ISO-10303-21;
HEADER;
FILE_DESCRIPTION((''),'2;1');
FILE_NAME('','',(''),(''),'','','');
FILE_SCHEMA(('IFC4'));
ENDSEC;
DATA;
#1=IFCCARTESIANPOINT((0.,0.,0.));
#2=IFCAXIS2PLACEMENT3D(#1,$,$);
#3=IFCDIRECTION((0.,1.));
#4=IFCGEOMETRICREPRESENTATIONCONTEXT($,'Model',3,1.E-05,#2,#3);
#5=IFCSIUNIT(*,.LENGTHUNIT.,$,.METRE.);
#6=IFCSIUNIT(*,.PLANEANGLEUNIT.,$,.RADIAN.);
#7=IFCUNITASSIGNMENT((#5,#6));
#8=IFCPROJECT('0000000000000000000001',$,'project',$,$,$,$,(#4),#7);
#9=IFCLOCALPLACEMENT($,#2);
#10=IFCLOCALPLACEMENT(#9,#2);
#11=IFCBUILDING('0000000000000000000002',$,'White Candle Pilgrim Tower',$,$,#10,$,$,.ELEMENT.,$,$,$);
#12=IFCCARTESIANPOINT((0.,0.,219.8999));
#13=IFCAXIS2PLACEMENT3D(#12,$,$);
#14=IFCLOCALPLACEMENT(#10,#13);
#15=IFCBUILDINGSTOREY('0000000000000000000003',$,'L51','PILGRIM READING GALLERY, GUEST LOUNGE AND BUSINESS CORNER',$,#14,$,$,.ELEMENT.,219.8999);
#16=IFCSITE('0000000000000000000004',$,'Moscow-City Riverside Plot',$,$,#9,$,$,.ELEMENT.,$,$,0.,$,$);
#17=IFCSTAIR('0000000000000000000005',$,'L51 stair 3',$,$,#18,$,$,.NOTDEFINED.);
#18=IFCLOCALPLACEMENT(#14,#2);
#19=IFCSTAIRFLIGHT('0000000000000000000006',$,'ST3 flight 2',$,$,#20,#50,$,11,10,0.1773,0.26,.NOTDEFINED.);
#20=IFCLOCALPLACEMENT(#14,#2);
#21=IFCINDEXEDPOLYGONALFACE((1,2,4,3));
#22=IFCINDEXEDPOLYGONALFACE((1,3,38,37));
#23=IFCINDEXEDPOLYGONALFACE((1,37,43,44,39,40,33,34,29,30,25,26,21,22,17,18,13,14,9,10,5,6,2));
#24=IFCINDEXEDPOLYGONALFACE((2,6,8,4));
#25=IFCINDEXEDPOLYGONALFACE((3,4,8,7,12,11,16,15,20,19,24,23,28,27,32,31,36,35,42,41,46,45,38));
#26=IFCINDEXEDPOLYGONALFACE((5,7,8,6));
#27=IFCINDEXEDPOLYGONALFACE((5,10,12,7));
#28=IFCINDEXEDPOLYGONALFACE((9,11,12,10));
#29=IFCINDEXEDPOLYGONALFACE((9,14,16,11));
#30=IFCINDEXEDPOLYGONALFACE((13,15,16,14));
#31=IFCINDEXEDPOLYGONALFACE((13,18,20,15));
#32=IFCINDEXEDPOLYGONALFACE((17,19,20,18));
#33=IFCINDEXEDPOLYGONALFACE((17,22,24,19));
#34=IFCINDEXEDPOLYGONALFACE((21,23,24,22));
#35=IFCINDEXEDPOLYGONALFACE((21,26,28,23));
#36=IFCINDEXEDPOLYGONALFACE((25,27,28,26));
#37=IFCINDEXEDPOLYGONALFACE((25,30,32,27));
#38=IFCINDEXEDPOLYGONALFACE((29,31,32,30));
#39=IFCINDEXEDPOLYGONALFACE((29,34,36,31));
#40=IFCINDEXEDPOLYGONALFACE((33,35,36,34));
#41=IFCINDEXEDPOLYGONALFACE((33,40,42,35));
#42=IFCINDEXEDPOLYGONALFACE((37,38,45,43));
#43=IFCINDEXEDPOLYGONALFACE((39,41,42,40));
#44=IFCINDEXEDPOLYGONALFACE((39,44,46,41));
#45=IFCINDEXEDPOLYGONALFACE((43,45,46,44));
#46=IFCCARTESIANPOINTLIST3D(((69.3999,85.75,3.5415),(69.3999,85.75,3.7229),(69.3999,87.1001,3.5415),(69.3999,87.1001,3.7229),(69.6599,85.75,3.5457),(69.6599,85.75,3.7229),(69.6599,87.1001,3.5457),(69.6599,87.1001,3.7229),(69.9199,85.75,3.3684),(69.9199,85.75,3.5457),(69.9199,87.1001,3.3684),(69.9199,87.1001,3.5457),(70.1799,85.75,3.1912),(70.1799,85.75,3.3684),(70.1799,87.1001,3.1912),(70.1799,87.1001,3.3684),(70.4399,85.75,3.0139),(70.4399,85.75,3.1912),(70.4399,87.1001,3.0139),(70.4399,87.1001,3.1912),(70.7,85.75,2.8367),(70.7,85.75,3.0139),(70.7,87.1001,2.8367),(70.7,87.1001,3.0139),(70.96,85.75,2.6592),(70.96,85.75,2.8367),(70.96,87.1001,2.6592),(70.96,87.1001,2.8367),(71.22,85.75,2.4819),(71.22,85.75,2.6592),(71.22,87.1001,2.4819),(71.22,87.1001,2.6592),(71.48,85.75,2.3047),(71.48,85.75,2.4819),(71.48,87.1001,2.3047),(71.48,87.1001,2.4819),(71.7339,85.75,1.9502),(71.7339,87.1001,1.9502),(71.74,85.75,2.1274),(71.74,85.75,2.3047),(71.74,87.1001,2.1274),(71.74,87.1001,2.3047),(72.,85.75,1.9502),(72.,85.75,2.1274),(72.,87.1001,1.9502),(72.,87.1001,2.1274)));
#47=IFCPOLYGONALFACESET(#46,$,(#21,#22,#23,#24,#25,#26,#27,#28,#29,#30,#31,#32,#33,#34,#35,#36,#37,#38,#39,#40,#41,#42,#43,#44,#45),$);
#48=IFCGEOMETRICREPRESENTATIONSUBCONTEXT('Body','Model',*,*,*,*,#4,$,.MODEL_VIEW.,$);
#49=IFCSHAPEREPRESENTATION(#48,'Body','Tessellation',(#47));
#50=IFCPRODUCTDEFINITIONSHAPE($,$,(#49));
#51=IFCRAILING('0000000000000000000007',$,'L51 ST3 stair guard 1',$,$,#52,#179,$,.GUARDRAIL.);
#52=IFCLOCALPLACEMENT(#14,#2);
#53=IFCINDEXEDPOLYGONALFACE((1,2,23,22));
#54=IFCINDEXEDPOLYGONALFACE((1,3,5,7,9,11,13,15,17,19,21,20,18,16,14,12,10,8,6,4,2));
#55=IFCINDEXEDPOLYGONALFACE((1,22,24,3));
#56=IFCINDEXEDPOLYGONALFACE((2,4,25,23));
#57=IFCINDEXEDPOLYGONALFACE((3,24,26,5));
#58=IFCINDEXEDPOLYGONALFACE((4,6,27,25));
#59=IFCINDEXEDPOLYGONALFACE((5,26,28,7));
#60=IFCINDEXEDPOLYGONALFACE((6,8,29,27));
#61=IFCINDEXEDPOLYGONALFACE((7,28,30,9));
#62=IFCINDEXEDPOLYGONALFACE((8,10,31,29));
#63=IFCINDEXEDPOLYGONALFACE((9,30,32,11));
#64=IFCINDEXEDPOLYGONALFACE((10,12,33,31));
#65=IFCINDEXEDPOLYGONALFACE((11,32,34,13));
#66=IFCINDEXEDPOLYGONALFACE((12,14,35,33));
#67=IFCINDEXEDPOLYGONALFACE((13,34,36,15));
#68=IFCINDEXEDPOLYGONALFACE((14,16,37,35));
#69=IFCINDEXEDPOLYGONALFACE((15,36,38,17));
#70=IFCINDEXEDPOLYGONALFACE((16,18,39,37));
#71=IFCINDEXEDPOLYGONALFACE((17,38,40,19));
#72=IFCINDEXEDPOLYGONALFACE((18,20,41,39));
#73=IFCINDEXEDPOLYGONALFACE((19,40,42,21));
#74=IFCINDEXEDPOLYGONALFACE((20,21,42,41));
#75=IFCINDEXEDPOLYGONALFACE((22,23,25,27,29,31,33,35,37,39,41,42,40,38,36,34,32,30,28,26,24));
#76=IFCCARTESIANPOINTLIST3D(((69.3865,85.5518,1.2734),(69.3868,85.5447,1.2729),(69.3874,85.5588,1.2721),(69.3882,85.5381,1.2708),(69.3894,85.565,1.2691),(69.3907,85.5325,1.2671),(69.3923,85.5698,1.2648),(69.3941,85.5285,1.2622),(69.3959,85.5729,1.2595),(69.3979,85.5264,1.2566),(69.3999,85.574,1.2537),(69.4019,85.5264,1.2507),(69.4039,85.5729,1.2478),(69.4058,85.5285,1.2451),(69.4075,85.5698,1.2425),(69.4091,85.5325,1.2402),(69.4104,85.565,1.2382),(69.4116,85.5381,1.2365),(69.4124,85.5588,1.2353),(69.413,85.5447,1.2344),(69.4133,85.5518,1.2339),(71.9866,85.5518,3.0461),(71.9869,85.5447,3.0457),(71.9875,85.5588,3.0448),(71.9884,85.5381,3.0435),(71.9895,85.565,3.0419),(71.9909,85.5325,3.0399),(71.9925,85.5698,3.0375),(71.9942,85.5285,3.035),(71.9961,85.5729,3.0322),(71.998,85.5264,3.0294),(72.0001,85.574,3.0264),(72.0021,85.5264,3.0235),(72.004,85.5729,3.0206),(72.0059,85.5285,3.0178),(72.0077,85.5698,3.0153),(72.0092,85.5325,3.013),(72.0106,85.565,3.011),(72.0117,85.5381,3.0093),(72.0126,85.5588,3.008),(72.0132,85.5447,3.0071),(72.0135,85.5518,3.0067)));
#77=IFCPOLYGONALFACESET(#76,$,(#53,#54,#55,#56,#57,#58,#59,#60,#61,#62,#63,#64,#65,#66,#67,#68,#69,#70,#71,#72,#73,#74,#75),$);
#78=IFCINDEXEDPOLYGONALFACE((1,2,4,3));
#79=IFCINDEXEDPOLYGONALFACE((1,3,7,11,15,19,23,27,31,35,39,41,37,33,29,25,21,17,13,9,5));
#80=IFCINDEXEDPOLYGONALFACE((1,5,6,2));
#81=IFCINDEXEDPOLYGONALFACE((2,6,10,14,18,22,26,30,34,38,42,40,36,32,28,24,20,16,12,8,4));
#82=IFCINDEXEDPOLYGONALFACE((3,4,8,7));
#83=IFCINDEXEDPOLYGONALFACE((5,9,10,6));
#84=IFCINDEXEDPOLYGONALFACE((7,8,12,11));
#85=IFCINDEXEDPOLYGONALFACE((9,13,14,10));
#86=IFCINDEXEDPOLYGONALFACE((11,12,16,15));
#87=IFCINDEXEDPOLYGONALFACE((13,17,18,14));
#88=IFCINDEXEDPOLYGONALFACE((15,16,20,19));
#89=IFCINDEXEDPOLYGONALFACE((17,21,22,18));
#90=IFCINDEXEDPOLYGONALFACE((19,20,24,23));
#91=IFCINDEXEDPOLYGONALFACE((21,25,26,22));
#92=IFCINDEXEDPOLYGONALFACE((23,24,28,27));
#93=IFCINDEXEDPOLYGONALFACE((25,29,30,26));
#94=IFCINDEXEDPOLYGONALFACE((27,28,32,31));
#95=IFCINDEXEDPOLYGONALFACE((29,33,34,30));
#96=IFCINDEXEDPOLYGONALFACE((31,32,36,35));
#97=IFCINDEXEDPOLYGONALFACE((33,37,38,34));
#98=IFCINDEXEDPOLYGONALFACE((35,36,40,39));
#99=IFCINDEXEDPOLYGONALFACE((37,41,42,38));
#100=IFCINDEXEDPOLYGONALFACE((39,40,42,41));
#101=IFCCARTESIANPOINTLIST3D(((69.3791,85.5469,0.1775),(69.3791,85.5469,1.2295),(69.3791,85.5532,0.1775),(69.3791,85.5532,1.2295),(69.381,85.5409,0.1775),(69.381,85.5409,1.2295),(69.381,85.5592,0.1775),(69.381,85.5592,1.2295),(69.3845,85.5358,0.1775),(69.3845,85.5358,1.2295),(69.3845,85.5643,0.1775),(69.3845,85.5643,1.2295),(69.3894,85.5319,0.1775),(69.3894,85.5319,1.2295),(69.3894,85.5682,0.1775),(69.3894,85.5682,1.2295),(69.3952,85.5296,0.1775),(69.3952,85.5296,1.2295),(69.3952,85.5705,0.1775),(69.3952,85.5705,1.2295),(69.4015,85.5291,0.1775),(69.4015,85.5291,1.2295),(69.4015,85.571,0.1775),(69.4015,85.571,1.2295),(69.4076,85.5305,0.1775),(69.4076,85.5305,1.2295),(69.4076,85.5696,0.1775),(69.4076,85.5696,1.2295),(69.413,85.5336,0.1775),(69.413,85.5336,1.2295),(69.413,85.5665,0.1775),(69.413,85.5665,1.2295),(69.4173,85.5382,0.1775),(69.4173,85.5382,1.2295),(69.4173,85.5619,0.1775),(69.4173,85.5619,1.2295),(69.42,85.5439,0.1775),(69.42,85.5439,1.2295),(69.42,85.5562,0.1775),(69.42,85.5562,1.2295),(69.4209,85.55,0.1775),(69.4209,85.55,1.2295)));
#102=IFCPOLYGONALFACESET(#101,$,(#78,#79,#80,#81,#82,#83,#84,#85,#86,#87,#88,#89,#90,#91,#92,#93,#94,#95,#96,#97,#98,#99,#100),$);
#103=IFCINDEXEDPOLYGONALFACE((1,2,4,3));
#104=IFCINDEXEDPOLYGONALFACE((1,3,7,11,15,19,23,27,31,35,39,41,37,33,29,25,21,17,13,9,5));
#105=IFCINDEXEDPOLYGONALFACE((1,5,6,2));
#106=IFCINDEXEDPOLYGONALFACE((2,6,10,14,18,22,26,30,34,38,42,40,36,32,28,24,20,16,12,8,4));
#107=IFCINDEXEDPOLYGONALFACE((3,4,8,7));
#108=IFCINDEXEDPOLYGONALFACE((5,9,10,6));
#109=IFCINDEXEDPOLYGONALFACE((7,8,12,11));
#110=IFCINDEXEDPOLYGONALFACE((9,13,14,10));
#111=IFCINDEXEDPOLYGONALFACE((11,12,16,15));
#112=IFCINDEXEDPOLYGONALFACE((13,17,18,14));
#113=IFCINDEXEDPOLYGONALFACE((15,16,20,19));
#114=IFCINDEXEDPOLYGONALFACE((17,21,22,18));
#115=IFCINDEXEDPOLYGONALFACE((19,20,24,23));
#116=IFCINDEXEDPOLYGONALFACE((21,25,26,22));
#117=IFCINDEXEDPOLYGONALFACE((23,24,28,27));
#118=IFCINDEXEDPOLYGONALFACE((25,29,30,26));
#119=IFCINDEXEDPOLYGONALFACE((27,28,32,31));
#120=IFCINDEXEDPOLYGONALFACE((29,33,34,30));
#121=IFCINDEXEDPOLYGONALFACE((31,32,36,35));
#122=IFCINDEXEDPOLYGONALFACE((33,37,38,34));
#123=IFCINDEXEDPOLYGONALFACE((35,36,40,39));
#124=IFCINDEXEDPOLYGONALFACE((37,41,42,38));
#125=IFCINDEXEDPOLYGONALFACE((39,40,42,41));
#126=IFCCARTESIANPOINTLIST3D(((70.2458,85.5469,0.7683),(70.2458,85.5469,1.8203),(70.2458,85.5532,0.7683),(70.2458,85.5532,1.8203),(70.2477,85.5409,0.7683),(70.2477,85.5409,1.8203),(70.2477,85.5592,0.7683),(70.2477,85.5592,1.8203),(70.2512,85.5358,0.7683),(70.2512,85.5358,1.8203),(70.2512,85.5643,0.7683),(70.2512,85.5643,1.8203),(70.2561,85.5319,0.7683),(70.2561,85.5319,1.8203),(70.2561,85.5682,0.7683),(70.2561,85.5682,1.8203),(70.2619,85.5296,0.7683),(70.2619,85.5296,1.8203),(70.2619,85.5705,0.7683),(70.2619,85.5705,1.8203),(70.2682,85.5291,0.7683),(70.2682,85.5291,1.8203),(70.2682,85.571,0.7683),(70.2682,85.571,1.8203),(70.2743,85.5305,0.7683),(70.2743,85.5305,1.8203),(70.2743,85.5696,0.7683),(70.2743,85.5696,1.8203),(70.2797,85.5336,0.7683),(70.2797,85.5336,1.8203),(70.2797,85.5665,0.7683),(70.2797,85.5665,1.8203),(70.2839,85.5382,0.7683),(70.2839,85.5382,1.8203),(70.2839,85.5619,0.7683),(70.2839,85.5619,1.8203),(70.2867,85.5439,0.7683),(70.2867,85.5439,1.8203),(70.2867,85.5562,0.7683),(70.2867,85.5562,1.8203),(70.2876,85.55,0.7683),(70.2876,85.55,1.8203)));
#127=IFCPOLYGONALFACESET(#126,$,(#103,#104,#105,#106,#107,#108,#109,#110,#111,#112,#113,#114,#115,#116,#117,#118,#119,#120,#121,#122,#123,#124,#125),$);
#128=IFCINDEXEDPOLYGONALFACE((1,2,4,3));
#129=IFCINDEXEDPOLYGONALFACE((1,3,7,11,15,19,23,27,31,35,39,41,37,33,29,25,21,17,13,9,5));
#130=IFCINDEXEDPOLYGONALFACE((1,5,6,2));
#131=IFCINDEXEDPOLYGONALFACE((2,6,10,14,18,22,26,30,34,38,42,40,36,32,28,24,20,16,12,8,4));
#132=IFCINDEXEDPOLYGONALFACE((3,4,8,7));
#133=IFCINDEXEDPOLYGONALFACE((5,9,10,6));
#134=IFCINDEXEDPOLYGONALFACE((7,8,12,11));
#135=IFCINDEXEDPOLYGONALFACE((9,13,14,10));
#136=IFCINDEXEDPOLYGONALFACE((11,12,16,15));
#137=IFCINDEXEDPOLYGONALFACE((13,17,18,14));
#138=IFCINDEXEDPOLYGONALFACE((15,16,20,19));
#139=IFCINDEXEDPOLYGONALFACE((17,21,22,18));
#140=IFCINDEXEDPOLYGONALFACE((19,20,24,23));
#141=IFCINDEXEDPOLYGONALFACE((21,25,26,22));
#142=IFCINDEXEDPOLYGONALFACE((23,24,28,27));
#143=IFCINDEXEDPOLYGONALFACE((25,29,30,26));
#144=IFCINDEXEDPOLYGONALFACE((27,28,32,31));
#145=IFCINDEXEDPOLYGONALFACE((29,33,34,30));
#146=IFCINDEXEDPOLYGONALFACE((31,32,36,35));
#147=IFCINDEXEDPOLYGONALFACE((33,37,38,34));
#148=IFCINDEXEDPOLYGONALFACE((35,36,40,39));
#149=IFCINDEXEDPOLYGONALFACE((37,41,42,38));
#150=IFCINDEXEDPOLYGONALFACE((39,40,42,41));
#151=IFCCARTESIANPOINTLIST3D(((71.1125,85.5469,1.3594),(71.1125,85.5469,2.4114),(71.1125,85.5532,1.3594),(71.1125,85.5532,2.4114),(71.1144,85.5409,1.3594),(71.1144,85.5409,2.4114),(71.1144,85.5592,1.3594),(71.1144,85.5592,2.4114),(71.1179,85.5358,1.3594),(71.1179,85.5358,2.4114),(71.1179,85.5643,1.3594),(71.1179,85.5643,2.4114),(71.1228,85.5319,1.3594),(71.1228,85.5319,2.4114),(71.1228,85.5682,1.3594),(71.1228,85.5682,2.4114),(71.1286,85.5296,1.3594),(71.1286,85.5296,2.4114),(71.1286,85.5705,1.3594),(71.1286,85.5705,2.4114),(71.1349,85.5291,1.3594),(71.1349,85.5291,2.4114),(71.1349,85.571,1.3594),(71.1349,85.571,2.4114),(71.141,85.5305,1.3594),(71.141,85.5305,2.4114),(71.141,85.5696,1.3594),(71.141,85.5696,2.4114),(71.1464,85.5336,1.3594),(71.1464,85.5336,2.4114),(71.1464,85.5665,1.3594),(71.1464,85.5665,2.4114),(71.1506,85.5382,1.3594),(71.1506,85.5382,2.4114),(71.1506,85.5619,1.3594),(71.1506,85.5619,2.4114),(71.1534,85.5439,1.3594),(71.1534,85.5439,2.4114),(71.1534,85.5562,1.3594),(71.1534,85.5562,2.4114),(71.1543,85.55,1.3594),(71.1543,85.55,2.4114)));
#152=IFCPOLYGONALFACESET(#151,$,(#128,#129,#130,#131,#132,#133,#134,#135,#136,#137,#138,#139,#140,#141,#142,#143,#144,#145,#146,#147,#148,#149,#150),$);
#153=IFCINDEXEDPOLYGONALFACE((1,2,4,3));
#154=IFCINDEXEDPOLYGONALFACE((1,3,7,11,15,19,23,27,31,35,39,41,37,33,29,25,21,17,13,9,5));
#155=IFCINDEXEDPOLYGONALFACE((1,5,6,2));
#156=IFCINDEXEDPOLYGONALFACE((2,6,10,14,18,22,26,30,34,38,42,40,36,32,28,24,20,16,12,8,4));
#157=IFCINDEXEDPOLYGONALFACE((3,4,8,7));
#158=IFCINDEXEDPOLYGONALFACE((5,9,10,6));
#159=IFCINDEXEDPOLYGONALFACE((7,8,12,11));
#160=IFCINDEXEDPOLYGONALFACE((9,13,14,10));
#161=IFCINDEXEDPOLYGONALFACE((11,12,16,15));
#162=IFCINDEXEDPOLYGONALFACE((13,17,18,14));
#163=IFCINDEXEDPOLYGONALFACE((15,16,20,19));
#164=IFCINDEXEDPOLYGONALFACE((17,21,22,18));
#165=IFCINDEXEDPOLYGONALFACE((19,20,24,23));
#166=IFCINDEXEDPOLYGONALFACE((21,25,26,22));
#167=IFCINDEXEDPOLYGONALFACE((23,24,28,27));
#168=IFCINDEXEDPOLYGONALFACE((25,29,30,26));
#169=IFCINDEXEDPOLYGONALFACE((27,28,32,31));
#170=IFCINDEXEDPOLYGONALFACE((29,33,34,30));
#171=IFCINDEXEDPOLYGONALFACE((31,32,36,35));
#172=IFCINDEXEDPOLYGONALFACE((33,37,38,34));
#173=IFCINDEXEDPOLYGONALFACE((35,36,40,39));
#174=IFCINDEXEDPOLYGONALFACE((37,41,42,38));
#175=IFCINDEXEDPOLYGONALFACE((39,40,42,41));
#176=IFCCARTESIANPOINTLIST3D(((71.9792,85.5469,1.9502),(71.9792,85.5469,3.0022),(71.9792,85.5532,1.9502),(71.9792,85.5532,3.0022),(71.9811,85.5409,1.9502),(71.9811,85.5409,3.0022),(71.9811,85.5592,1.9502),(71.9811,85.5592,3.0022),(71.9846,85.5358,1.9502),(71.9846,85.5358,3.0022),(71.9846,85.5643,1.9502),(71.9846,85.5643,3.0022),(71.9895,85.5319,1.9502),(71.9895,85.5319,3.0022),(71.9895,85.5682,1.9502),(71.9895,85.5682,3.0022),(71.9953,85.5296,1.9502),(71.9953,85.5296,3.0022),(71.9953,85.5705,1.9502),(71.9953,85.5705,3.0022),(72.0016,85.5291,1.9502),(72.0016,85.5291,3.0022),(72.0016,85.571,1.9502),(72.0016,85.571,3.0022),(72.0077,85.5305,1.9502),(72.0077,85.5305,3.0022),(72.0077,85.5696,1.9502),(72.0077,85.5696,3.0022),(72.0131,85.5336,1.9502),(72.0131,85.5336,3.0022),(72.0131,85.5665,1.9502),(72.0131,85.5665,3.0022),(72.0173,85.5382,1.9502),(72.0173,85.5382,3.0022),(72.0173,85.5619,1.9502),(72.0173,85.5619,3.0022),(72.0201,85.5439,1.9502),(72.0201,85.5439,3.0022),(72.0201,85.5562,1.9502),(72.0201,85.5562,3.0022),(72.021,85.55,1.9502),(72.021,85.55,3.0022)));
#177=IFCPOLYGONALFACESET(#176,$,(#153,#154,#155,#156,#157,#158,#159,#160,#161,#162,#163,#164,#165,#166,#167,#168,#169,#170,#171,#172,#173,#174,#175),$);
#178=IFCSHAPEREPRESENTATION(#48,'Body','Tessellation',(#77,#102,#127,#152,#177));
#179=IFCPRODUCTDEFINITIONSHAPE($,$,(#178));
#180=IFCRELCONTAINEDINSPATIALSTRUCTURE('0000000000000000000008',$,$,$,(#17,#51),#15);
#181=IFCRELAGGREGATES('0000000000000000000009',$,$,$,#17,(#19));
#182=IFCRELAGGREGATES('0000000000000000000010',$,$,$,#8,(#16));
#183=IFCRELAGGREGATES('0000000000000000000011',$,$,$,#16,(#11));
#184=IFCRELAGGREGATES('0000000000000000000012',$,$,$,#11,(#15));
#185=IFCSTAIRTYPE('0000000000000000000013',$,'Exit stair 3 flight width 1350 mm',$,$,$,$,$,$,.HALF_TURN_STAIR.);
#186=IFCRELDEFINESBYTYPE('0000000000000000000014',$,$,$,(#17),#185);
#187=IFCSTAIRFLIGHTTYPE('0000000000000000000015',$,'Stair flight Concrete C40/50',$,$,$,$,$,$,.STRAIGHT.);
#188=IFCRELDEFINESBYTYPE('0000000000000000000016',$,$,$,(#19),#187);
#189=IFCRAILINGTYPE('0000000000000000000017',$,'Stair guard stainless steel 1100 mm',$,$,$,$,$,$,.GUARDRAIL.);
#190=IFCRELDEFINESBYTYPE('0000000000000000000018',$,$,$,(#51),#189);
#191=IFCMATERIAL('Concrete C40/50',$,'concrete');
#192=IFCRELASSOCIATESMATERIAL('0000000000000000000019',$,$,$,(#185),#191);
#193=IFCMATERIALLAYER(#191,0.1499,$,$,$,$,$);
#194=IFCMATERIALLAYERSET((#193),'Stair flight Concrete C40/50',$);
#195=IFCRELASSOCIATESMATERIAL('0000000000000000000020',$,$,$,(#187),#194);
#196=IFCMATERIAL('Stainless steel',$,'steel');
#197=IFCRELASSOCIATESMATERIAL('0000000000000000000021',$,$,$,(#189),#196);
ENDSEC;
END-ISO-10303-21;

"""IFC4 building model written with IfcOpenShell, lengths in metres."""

from ifc_helpers import new_model, si_unit, direction, frame, origin, origin_2d, place, context, subcontext, project, spatial, polyline, circle, outline, extrude, material, layer, layer_set, type_object, element, aggregate, save


model = new_model("IFC4")

# Units and contexts
model_context = context("Model", 3, precision=1e-05, world=origin(), true_north=direction((0.0, 1.0)))
body_context = subcontext(model_context, "Body", "Model", "MODEL_VIEW")
ifc_project = project(units=[si_unit("LENGTHUNIT", "METRE"), si_unit("PLANEANGLEUNIT", "RADIAN")], contexts=[model_context])

# Site, building, storey
site_placement = place(None, origin())
site = spatial("IfcSite", under=ifc_project, at=site_placement, Name="Moscow-City Riverside Plot", CompositionType="ELEMENT", RefElevation=0.0)
building_placement = place(site_placement, origin())
building = spatial("IfcBuilding", under=site, at=building_placement, Name="White Candle Pilgrim Tower", CompositionType="ELEMENT")
storey_placement = place(building_placement, frame((0.0, 0.0, 219.8999)))
storey = spatial("IfcBuildingStorey", under=building, at=storey_placement, Name="L51", Description="PILGRIM READING GALLERY, GUEST LOUNGE AND BUSINESS CORNER", CompositionType="ELEMENT", Elevation=219.8999)

# Stair, stair flight
ifc_material_1 = material(Name="Concrete C40/50", Category="concrete")
stair_type = type_object("IfcStairType", Name="Exit stair 3 flight width 1350 mm", PredefinedType="HALF_TURN_STAIR", material=ifc_material_1)
stair_placement = place(storey_placement, origin())
stair = element("IfcStair", 1, at=stair_placement, inside=storey, type_object=stair_type, Name="L51 stair 3", PredefinedType="NOTDEFINED")
ifc_layer_1 = layer(ifc_material_1, 0.1499)
ifc_layer_set_1 = layer_set([ifc_layer_1], Name="Stair flight Concrete C40/50")
stair_flight_type = type_object("IfcStairFlightType", Name="Stair flight Concrete C40/50", PredefinedType="STRAIGHT", material=ifc_layer_set_1)
stair_flight_1_placement = place(storey_placement, frame((72.0, 86.425, 1.9502), z_axis=(0.0, 0.0, 1.0), x_axis=(-1.0, 0.0, 0.0)))
stair_flight_1 = element("IfcStairFlight", 2, at=stair_flight_1_placement, type_object=stair_flight_type, Name="ST3 flight 2", NumberOfRisers=11, NumberOfTreads=10, PredefinedType="NOTDEFINED", RiserHeight=0.1773, TreadLength=0.26, context=body_context, shape_type="SweptSolid", body=[
    extrude(outline(polyline([(0.0, 0.0), (0.0, 0.1772), (0.26, 0.1772), (0.26, 0.3545), (0.52, 0.3545), (0.52, 0.5317), (0.78, 0.5317), (0.78, 0.709), (1.04, 0.709), (1.04, 0.8865), (1.3, 0.8865), (1.3, 1.0637), (1.5601, 1.0637), (1.5601, 1.241), (1.8201, 1.241), (1.8201, 1.4182), (2.0801, 1.4182), (2.0801, 1.5955), (2.3401, 1.5955), (2.3401, 1.7727), (2.6001, 1.7727), (2.6001, 1.95), (2.6001, 1.5913), (0.2661, 0.0), (0.0, 0.0)])), frame((0.0, 0.675, 0.0), z_axis=(0.0, -1.0, 0.0), x_axis=(1.0, 0.0, 0.0)), (0.0, 0.0, 1.0), 1.3501),
])
aggregate(stair, [stair_flight_1])

# Railing
ifc_material_2 = material(Name="Stainless steel", Category="steel")
railing_type_1 = type_object("IfcRailingType", Name="Stair guard stainless steel 1100 mm", PredefinedType="GUARDRAIL", material=ifc_material_2)
railing_1_placement = place(storey_placement, frame((69.3999, 85.55, 0.1775)))
element("IfcRailing", 3, at=railing_1_placement, inside=storey, type_object=railing_type_1, Name="L51 ST3 stair guard 1", PredefinedType="GUARDRAIL", context=body_context, shape_type="SweptSolid", body=[
    extrude(circle(Radius=0.0239, at=origin_2d()), frame((0.0, 0.0, 1.0762), z_axis=(0.82624, 0.0, 0.563318), x_axis=(0.0, 1.0, 0.0)), (0.0, 0.0, 1.0), 3.147),
    extrude(circle(Radius=0.021, at=origin_2d()), origin(), (0.0, 0.0, 1.0), 1.052),
    extrude(circle(Radius=0.021, at=origin_2d()), frame((0.8667, 0.0, 0.5908)), (0.0, 0.0, 1.0), 1.052),
    extrude(circle(Radius=0.021, at=origin_2d()), frame((1.7334, 0.0, 1.1819)), (0.0, 0.0, 1.0), 1.052),
    extrude(circle(Radius=0.021, at=origin_2d()), frame((2.6001, 0.0, 1.7727)), (0.0, 0.0, 1.0), 1.052),
])

save(model, "model.ifc")
